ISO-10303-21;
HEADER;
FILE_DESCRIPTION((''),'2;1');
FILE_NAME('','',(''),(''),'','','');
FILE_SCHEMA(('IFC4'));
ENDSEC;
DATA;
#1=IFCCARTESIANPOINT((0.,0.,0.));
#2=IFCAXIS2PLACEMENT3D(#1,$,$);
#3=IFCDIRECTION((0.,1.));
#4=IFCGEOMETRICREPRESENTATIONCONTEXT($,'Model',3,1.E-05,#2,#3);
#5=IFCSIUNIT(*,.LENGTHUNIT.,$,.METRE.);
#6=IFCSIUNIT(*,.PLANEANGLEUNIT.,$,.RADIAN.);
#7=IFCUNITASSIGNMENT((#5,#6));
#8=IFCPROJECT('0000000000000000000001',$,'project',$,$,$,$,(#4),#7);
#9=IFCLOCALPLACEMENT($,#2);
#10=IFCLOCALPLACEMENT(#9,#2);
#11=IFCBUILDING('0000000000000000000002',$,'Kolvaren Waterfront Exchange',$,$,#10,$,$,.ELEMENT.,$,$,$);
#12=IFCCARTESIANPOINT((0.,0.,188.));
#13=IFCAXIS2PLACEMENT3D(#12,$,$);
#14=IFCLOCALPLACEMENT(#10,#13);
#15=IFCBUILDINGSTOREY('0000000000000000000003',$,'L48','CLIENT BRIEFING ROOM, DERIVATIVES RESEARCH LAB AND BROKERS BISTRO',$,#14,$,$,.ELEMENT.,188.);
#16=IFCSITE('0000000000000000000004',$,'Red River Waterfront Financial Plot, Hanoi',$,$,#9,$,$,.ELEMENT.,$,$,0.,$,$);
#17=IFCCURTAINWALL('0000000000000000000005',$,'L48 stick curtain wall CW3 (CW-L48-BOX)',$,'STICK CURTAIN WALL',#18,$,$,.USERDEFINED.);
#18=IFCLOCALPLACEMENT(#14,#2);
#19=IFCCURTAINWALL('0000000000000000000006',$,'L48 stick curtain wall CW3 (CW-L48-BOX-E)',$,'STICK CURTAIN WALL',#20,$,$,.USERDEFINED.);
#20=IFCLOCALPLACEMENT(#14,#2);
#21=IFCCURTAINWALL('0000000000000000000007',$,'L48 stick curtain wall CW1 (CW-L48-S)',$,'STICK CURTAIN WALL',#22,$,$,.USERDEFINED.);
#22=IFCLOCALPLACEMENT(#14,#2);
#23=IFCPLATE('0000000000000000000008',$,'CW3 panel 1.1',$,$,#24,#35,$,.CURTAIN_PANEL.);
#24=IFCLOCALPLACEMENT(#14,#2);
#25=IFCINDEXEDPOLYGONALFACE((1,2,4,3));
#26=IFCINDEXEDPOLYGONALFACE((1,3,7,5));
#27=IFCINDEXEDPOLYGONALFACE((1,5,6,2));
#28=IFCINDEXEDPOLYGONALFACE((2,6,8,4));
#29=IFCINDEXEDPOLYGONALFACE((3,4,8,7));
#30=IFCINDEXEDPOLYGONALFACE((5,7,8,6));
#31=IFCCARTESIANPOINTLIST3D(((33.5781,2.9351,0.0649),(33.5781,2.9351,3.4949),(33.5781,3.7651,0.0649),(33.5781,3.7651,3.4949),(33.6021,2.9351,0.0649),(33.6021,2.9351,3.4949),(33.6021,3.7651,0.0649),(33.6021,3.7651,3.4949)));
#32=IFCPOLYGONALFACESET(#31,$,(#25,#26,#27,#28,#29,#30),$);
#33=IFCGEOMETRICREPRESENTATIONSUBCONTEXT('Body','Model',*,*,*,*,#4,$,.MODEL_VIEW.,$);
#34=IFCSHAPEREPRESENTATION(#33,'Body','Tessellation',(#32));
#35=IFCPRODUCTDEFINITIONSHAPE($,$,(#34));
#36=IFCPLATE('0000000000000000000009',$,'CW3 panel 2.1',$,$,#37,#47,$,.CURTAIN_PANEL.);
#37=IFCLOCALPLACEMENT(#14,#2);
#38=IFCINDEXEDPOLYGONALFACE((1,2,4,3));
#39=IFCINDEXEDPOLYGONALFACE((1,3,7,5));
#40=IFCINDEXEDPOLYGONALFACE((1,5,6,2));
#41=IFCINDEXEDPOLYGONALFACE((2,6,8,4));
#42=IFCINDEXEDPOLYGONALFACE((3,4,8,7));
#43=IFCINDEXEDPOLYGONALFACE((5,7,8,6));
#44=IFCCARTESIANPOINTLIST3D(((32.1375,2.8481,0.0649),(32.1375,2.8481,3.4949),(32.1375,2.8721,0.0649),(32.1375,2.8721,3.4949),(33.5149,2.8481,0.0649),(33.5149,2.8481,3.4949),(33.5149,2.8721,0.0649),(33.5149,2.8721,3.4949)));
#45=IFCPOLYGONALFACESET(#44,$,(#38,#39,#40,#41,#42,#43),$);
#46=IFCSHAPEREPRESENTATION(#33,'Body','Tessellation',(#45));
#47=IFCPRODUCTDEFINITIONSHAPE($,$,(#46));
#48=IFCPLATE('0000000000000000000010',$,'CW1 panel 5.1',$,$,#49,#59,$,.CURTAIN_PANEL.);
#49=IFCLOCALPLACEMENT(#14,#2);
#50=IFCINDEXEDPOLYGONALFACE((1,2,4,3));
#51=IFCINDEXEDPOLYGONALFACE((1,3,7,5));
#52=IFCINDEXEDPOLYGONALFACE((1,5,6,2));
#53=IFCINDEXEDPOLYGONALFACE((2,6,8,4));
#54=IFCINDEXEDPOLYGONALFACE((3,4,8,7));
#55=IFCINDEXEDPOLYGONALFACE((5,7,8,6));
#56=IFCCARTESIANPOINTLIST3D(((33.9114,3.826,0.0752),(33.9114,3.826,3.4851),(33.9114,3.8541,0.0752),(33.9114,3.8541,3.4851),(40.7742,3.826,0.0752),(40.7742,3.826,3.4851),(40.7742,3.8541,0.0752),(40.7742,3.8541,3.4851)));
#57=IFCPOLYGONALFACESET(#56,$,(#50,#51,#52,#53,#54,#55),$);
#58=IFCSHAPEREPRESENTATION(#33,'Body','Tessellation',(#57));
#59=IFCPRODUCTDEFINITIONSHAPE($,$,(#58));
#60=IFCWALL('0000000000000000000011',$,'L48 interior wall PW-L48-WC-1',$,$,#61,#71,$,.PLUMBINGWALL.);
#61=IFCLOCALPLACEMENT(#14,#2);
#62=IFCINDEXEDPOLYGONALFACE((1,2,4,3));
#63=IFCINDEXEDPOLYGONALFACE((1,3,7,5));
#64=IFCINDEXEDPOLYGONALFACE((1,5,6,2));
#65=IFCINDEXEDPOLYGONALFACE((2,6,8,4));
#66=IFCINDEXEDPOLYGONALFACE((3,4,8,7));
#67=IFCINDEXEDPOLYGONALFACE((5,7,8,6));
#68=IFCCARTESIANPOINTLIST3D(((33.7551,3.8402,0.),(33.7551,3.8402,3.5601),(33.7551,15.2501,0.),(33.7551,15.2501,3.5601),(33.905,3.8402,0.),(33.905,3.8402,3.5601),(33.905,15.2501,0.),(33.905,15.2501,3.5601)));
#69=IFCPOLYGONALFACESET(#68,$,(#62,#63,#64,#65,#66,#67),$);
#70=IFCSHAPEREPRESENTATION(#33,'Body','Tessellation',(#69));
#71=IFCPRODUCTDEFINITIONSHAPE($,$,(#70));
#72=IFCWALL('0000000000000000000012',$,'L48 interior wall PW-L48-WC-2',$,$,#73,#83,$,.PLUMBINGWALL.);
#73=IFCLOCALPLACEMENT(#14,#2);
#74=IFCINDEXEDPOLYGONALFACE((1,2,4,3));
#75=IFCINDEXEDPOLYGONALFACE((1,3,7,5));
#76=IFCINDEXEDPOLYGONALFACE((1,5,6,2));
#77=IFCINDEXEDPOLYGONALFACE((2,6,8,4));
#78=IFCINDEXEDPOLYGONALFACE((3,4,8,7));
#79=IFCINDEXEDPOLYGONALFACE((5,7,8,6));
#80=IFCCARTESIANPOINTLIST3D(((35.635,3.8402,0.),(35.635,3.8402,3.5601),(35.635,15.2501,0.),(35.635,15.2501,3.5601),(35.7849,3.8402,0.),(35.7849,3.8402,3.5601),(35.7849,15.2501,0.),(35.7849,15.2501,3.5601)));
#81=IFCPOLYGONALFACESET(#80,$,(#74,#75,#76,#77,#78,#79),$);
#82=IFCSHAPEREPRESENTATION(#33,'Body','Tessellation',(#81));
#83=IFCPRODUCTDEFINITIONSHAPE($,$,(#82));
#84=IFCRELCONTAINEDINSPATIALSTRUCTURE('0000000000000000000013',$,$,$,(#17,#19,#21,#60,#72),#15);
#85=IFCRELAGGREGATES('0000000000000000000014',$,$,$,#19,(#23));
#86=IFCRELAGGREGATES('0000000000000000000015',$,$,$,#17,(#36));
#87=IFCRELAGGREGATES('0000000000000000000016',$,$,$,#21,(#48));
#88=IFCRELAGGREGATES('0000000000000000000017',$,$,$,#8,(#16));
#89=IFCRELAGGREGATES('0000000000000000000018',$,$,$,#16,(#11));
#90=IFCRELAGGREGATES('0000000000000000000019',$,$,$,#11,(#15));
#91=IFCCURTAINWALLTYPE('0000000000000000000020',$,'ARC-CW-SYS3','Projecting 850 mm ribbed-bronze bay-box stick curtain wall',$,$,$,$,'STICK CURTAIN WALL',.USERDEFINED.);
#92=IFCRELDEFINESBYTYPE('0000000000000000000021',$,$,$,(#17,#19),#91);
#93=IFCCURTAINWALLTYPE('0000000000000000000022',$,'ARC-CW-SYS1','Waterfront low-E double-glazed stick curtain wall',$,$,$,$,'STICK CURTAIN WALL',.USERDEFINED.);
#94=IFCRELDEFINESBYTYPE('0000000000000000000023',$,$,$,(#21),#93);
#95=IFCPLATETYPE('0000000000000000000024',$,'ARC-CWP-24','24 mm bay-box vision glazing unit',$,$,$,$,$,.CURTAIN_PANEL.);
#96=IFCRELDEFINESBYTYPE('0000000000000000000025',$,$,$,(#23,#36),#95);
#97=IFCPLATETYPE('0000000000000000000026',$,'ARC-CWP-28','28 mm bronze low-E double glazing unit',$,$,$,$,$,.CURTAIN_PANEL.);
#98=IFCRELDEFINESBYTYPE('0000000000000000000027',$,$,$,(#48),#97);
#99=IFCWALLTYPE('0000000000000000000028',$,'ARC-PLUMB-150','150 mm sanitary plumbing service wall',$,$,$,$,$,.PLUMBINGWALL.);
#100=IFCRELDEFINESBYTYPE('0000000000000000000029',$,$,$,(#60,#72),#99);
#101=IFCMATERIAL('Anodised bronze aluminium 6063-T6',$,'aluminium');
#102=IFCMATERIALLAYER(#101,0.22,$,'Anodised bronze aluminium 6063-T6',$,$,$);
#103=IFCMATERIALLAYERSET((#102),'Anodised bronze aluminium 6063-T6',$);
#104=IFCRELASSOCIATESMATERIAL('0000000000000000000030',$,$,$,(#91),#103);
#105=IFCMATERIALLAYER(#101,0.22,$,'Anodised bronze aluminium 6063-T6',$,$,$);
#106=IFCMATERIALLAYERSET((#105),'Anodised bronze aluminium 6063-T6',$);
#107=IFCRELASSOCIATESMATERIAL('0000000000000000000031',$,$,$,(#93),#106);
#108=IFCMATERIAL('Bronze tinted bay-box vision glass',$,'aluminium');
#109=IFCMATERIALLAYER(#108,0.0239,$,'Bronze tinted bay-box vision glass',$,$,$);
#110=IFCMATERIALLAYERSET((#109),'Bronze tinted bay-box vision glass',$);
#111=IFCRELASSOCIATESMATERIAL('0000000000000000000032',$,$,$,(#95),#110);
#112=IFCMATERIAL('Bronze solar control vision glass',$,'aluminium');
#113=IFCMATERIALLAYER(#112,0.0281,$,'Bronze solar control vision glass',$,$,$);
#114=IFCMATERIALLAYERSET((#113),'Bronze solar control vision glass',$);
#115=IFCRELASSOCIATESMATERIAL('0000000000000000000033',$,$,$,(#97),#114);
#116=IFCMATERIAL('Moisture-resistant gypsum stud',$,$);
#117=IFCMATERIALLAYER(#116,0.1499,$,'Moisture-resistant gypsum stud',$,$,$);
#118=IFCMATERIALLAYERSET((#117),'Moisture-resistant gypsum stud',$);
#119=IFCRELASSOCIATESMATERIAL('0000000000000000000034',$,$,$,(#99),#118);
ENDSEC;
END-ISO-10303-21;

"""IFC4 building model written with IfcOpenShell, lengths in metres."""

from ifc_helpers import new_model, si_unit, direction, frame, frame_2d, origin, origin_with_axes, origin_2d, place, context, subcontext, project, spatial, rectangle, extrude, source, transform, mapped, material, layer, layer_set, type_object, element, aggregate, save


model = new_model("IFC4")

# Units and contexts
model_context = context("Model", 3, precision=1e-05, world=origin(), true_north=direction((0.0, 1.0)))
body_context = subcontext(model_context, "Body", "Model", "MODEL_VIEW")
ifc_project = project(units=[si_unit("LENGTHUNIT", "METRE"), si_unit("PLANEANGLEUNIT", "RADIAN")], contexts=[model_context])

# Site, building, storey
site_placement = place(None, origin())
site = spatial("IfcSite", under=ifc_project, at=site_placement, Name="Red River Waterfront Financial Plot, Hanoi", CompositionType="ELEMENT", RefElevation=0.0)
building_placement = place(site_placement, origin())
building = spatial("IfcBuilding", under=site, at=building_placement, Name="Kolvaren Waterfront Exchange", CompositionType="ELEMENT")
storey_placement = place(building_placement, frame((0.0, 0.0, 188.0)))
storey = spatial("IfcBuildingStorey", under=building, at=storey_placement, Name="L48", Description="CLIENT BRIEFING ROOM, DERIVATIVES RESEARCH LAB AND BROKERS BISTRO", CompositionType="ELEMENT", Elevation=188.0)

# Curtain walls
ifc_material_1 = material(Name="Anodised bronze aluminium 6063-T6", Category="aluminium")
ifc_layer_1 = layer(ifc_material_1, 0.22, Name="Anodised bronze aluminium 6063-T6")
ifc_layer_set_1 = layer_set([ifc_layer_1], Name="Anodised bronze aluminium 6063-T6")
curtain_wall_type_1 = type_object("IfcCurtainWallType", Name="ARC-CW-SYS3", Description="Projecting 850 mm ribbed-bronze bay-box stick curtain wall", ElementType="STICK CURTAIN WALL", PredefinedType="USERDEFINED", material=ifc_layer_set_1)
curtain_wall_1_placement = place(storey_placement, origin())
curtain_wall_1 = element("IfcCurtainWall", 1, at=curtain_wall_1_placement, inside=storey, type_object=curtain_wall_type_1, Name="L48 stick curtain wall CW3 (CW-L48-BOX)", ObjectType="STICK CURTAIN WALL", PredefinedType="USERDEFINED")
curtain_wall_2_placement = place(storey_placement, origin())
curtain_wall_2 = element("IfcCurtainWall", 2, at=curtain_wall_2_placement, inside=storey, type_object=curtain_wall_type_1, Name="L48 stick curtain wall CW3 (CW-L48-BOX-E)", ObjectType="STICK CURTAIN WALL", PredefinedType="USERDEFINED")

# Curtain wall
ifc_layer_2 = layer(ifc_material_1, 0.22, Name="Anodised bronze aluminium 6063-T6")
ifc_layer_set_2 = layer_set([ifc_layer_2], Name="Anodised bronze aluminium 6063-T6")
curtain_wall_type_2 = type_object("IfcCurtainWallType", Name="ARC-CW-SYS1", Description="Waterfront low-E double-glazed stick curtain wall", ElementType="STICK CURTAIN WALL", PredefinedType="USERDEFINED", material=ifc_layer_set_2)
curtain_wall_3_placement = place(storey_placement, origin())
curtain_wall_3 = element("IfcCurtainWall", 3, at=curtain_wall_3_placement, inside=storey, type_object=curtain_wall_type_2, Name="L48 stick curtain wall CW1 (CW-L48-S)", ObjectType="STICK CURTAIN WALL", PredefinedType="USERDEFINED")

# Plates
ifc_material_2 = material(Name="Bronze tinted bay-box vision glass", Category="aluminium")
ifc_layer_3 = layer(ifc_material_2, 0.0239, Name="Bronze tinted bay-box vision glass")
ifc_layer_set_3 = layer_set([ifc_layer_3], Name="Bronze tinted bay-box vision glass")
plate_type_1 = type_object("IfcPlateType", Name="ARC-CWP-24", Description="24 mm bay-box vision glazing unit", PredefinedType="CURTAIN_PANEL", material=ifc_layer_set_3)
shared_shape_1 = source(origin_with_axes(), body_context, "Body", "SweptSolid", [
    extrude(rectangle(XDim=0.8301, YDim=0.0239, at=origin_2d()), origin(), (0.0, 0.0, 1.0), 3.4299),
])
plate_1_placement = place(storey_placement, frame((33.5901, 3.3501, 0.0649), z_axis=(0.0, 0.0, 1.0), x_axis=(0.0, 1.0, 0.0)))
plate_1 = element("IfcPlate", 4, at=plate_1_placement, type_object=plate_type_1, Name="CW3 panel 1.1", PredefinedType="CURTAIN_PANEL", context=body_context, shape_type="MappedRepresentation", body=[
    mapped(shared_shape_1, transform((0.0, 0.0, 0.0), x_axis=(1.0, 0.0, 0.0), y_axis=(0.0, 1.0, 0.0), z_axis=(0.0, 0.0, 1.0), scale=1.0)),
])
aggregate(curtain_wall_2, [plate_1])
shared_shape_2 = source(origin_with_axes(), body_context, "Body", "SweptSolid", [
    extrude(rectangle(XDim=1.3774, YDim=0.0239, at=origin_2d()), origin(), (0.0, 0.0, 1.0), 3.4299),
])
plate_2_placement = place(storey_placement, frame((32.8262, 2.8601, 0.0649), z_axis=(0.0, 0.0, 1.0), x_axis=(1.0, 0.0, 0.0)))
plate_2 = element("IfcPlate", 5, at=plate_2_placement, type_object=plate_type_1, Name="CW3 panel 2.1", PredefinedType="CURTAIN_PANEL", context=body_context, shape_type="MappedRepresentation", body=[
    mapped(shared_shape_2, transform((0.0, 0.0, 0.0), x_axis=(1.0, 0.0, 0.0), y_axis=(0.0, 1.0, 0.0), z_axis=(0.0, 0.0, 1.0), scale=1.0)),
])
aggregate(curtain_wall_1, [plate_2])
ifc_material_3 = material(Name="Bronze solar control vision glass", Category="aluminium")
ifc_layer_4 = layer(ifc_material_3, 0.0281, Name="Bronze solar control vision glass")
ifc_layer_set_4 = layer_set([ifc_layer_4], Name="Bronze solar control vision glass")
plate_type_2 = type_object("IfcPlateType", Name="ARC-CWP-28", Description="28 mm bronze low-E double glazing unit", PredefinedType="CURTAIN_PANEL", material=ifc_layer_set_4)
shared_shape_3 = source(origin_with_axes(), body_context, "Body", "SweptSolid", [
    extrude(rectangle(XDim=6.8628, YDim=0.0281, at=origin_2d()), origin(), (0.0, 0.0, 1.0), 3.4099),
])
plate_3_placement = place(storey_placement, frame((37.3428, 3.8401, 0.0752), z_axis=(0.0, 0.0, 1.0), x_axis=(1.0, 0.0, 0.0)))
plate_3 = element("IfcPlate", 6, at=plate_3_placement, type_object=plate_type_2, Name="CW1 panel 5.1", PredefinedType="CURTAIN_PANEL", context=body_context, shape_type="MappedRepresentation", body=[
    mapped(shared_shape_3, transform((0.0, 0.0, 0.0), x_axis=(1.0, 0.0, 0.0), y_axis=(0.0, 1.0, 0.0), z_axis=(0.0, 0.0, 1.0), scale=1.0)),
])
aggregate(curtain_wall_3, [plate_3])

# Walls
ifc_material_4 = material(Name="Moisture-resistant gypsum stud")
ifc_layer_5 = layer(ifc_material_4, 0.1499, Name="Moisture-resistant gypsum stud")
ifc_layer_set_5 = layer_set([ifc_layer_5], Name="Moisture-resistant gypsum stud")
wall_type = type_object("IfcWallType", Name="ARC-PLUMB-150", Description="150 mm sanitary plumbing service wall", PredefinedType="PLUMBINGWALL", material=ifc_layer_set_5)
for number, where, z_axis, x_axis, name in (
    (7, (33.8301, 3.8401, 0.0), (0.0, 0.0, 1.0), (0.0, 1.0, 0.0), "L48 interior wall PW-L48-WC-1"),
    (8, (35.71, 3.8401, 0.0), (0.0, 0.0, 1.0), (0.0, 1.0, 0.0), "L48 interior wall PW-L48-WC-2"),
):
    element("IfcWall", number, at=place(storey_placement, frame(where, z_axis=z_axis, x_axis=x_axis)), inside=storey, type_object=wall_type, Name=name, PredefinedType="PLUMBINGWALL", context=body_context, shape_type="SweptSolid", body=[
        extrude(rectangle(XDim=11.4099, YDim=0.1499, at=frame_2d((5.7051, 0.0))), origin(), (0.0, 0.0, 1.0), 3.5601),
    ])

save(model, "model.ifc")
